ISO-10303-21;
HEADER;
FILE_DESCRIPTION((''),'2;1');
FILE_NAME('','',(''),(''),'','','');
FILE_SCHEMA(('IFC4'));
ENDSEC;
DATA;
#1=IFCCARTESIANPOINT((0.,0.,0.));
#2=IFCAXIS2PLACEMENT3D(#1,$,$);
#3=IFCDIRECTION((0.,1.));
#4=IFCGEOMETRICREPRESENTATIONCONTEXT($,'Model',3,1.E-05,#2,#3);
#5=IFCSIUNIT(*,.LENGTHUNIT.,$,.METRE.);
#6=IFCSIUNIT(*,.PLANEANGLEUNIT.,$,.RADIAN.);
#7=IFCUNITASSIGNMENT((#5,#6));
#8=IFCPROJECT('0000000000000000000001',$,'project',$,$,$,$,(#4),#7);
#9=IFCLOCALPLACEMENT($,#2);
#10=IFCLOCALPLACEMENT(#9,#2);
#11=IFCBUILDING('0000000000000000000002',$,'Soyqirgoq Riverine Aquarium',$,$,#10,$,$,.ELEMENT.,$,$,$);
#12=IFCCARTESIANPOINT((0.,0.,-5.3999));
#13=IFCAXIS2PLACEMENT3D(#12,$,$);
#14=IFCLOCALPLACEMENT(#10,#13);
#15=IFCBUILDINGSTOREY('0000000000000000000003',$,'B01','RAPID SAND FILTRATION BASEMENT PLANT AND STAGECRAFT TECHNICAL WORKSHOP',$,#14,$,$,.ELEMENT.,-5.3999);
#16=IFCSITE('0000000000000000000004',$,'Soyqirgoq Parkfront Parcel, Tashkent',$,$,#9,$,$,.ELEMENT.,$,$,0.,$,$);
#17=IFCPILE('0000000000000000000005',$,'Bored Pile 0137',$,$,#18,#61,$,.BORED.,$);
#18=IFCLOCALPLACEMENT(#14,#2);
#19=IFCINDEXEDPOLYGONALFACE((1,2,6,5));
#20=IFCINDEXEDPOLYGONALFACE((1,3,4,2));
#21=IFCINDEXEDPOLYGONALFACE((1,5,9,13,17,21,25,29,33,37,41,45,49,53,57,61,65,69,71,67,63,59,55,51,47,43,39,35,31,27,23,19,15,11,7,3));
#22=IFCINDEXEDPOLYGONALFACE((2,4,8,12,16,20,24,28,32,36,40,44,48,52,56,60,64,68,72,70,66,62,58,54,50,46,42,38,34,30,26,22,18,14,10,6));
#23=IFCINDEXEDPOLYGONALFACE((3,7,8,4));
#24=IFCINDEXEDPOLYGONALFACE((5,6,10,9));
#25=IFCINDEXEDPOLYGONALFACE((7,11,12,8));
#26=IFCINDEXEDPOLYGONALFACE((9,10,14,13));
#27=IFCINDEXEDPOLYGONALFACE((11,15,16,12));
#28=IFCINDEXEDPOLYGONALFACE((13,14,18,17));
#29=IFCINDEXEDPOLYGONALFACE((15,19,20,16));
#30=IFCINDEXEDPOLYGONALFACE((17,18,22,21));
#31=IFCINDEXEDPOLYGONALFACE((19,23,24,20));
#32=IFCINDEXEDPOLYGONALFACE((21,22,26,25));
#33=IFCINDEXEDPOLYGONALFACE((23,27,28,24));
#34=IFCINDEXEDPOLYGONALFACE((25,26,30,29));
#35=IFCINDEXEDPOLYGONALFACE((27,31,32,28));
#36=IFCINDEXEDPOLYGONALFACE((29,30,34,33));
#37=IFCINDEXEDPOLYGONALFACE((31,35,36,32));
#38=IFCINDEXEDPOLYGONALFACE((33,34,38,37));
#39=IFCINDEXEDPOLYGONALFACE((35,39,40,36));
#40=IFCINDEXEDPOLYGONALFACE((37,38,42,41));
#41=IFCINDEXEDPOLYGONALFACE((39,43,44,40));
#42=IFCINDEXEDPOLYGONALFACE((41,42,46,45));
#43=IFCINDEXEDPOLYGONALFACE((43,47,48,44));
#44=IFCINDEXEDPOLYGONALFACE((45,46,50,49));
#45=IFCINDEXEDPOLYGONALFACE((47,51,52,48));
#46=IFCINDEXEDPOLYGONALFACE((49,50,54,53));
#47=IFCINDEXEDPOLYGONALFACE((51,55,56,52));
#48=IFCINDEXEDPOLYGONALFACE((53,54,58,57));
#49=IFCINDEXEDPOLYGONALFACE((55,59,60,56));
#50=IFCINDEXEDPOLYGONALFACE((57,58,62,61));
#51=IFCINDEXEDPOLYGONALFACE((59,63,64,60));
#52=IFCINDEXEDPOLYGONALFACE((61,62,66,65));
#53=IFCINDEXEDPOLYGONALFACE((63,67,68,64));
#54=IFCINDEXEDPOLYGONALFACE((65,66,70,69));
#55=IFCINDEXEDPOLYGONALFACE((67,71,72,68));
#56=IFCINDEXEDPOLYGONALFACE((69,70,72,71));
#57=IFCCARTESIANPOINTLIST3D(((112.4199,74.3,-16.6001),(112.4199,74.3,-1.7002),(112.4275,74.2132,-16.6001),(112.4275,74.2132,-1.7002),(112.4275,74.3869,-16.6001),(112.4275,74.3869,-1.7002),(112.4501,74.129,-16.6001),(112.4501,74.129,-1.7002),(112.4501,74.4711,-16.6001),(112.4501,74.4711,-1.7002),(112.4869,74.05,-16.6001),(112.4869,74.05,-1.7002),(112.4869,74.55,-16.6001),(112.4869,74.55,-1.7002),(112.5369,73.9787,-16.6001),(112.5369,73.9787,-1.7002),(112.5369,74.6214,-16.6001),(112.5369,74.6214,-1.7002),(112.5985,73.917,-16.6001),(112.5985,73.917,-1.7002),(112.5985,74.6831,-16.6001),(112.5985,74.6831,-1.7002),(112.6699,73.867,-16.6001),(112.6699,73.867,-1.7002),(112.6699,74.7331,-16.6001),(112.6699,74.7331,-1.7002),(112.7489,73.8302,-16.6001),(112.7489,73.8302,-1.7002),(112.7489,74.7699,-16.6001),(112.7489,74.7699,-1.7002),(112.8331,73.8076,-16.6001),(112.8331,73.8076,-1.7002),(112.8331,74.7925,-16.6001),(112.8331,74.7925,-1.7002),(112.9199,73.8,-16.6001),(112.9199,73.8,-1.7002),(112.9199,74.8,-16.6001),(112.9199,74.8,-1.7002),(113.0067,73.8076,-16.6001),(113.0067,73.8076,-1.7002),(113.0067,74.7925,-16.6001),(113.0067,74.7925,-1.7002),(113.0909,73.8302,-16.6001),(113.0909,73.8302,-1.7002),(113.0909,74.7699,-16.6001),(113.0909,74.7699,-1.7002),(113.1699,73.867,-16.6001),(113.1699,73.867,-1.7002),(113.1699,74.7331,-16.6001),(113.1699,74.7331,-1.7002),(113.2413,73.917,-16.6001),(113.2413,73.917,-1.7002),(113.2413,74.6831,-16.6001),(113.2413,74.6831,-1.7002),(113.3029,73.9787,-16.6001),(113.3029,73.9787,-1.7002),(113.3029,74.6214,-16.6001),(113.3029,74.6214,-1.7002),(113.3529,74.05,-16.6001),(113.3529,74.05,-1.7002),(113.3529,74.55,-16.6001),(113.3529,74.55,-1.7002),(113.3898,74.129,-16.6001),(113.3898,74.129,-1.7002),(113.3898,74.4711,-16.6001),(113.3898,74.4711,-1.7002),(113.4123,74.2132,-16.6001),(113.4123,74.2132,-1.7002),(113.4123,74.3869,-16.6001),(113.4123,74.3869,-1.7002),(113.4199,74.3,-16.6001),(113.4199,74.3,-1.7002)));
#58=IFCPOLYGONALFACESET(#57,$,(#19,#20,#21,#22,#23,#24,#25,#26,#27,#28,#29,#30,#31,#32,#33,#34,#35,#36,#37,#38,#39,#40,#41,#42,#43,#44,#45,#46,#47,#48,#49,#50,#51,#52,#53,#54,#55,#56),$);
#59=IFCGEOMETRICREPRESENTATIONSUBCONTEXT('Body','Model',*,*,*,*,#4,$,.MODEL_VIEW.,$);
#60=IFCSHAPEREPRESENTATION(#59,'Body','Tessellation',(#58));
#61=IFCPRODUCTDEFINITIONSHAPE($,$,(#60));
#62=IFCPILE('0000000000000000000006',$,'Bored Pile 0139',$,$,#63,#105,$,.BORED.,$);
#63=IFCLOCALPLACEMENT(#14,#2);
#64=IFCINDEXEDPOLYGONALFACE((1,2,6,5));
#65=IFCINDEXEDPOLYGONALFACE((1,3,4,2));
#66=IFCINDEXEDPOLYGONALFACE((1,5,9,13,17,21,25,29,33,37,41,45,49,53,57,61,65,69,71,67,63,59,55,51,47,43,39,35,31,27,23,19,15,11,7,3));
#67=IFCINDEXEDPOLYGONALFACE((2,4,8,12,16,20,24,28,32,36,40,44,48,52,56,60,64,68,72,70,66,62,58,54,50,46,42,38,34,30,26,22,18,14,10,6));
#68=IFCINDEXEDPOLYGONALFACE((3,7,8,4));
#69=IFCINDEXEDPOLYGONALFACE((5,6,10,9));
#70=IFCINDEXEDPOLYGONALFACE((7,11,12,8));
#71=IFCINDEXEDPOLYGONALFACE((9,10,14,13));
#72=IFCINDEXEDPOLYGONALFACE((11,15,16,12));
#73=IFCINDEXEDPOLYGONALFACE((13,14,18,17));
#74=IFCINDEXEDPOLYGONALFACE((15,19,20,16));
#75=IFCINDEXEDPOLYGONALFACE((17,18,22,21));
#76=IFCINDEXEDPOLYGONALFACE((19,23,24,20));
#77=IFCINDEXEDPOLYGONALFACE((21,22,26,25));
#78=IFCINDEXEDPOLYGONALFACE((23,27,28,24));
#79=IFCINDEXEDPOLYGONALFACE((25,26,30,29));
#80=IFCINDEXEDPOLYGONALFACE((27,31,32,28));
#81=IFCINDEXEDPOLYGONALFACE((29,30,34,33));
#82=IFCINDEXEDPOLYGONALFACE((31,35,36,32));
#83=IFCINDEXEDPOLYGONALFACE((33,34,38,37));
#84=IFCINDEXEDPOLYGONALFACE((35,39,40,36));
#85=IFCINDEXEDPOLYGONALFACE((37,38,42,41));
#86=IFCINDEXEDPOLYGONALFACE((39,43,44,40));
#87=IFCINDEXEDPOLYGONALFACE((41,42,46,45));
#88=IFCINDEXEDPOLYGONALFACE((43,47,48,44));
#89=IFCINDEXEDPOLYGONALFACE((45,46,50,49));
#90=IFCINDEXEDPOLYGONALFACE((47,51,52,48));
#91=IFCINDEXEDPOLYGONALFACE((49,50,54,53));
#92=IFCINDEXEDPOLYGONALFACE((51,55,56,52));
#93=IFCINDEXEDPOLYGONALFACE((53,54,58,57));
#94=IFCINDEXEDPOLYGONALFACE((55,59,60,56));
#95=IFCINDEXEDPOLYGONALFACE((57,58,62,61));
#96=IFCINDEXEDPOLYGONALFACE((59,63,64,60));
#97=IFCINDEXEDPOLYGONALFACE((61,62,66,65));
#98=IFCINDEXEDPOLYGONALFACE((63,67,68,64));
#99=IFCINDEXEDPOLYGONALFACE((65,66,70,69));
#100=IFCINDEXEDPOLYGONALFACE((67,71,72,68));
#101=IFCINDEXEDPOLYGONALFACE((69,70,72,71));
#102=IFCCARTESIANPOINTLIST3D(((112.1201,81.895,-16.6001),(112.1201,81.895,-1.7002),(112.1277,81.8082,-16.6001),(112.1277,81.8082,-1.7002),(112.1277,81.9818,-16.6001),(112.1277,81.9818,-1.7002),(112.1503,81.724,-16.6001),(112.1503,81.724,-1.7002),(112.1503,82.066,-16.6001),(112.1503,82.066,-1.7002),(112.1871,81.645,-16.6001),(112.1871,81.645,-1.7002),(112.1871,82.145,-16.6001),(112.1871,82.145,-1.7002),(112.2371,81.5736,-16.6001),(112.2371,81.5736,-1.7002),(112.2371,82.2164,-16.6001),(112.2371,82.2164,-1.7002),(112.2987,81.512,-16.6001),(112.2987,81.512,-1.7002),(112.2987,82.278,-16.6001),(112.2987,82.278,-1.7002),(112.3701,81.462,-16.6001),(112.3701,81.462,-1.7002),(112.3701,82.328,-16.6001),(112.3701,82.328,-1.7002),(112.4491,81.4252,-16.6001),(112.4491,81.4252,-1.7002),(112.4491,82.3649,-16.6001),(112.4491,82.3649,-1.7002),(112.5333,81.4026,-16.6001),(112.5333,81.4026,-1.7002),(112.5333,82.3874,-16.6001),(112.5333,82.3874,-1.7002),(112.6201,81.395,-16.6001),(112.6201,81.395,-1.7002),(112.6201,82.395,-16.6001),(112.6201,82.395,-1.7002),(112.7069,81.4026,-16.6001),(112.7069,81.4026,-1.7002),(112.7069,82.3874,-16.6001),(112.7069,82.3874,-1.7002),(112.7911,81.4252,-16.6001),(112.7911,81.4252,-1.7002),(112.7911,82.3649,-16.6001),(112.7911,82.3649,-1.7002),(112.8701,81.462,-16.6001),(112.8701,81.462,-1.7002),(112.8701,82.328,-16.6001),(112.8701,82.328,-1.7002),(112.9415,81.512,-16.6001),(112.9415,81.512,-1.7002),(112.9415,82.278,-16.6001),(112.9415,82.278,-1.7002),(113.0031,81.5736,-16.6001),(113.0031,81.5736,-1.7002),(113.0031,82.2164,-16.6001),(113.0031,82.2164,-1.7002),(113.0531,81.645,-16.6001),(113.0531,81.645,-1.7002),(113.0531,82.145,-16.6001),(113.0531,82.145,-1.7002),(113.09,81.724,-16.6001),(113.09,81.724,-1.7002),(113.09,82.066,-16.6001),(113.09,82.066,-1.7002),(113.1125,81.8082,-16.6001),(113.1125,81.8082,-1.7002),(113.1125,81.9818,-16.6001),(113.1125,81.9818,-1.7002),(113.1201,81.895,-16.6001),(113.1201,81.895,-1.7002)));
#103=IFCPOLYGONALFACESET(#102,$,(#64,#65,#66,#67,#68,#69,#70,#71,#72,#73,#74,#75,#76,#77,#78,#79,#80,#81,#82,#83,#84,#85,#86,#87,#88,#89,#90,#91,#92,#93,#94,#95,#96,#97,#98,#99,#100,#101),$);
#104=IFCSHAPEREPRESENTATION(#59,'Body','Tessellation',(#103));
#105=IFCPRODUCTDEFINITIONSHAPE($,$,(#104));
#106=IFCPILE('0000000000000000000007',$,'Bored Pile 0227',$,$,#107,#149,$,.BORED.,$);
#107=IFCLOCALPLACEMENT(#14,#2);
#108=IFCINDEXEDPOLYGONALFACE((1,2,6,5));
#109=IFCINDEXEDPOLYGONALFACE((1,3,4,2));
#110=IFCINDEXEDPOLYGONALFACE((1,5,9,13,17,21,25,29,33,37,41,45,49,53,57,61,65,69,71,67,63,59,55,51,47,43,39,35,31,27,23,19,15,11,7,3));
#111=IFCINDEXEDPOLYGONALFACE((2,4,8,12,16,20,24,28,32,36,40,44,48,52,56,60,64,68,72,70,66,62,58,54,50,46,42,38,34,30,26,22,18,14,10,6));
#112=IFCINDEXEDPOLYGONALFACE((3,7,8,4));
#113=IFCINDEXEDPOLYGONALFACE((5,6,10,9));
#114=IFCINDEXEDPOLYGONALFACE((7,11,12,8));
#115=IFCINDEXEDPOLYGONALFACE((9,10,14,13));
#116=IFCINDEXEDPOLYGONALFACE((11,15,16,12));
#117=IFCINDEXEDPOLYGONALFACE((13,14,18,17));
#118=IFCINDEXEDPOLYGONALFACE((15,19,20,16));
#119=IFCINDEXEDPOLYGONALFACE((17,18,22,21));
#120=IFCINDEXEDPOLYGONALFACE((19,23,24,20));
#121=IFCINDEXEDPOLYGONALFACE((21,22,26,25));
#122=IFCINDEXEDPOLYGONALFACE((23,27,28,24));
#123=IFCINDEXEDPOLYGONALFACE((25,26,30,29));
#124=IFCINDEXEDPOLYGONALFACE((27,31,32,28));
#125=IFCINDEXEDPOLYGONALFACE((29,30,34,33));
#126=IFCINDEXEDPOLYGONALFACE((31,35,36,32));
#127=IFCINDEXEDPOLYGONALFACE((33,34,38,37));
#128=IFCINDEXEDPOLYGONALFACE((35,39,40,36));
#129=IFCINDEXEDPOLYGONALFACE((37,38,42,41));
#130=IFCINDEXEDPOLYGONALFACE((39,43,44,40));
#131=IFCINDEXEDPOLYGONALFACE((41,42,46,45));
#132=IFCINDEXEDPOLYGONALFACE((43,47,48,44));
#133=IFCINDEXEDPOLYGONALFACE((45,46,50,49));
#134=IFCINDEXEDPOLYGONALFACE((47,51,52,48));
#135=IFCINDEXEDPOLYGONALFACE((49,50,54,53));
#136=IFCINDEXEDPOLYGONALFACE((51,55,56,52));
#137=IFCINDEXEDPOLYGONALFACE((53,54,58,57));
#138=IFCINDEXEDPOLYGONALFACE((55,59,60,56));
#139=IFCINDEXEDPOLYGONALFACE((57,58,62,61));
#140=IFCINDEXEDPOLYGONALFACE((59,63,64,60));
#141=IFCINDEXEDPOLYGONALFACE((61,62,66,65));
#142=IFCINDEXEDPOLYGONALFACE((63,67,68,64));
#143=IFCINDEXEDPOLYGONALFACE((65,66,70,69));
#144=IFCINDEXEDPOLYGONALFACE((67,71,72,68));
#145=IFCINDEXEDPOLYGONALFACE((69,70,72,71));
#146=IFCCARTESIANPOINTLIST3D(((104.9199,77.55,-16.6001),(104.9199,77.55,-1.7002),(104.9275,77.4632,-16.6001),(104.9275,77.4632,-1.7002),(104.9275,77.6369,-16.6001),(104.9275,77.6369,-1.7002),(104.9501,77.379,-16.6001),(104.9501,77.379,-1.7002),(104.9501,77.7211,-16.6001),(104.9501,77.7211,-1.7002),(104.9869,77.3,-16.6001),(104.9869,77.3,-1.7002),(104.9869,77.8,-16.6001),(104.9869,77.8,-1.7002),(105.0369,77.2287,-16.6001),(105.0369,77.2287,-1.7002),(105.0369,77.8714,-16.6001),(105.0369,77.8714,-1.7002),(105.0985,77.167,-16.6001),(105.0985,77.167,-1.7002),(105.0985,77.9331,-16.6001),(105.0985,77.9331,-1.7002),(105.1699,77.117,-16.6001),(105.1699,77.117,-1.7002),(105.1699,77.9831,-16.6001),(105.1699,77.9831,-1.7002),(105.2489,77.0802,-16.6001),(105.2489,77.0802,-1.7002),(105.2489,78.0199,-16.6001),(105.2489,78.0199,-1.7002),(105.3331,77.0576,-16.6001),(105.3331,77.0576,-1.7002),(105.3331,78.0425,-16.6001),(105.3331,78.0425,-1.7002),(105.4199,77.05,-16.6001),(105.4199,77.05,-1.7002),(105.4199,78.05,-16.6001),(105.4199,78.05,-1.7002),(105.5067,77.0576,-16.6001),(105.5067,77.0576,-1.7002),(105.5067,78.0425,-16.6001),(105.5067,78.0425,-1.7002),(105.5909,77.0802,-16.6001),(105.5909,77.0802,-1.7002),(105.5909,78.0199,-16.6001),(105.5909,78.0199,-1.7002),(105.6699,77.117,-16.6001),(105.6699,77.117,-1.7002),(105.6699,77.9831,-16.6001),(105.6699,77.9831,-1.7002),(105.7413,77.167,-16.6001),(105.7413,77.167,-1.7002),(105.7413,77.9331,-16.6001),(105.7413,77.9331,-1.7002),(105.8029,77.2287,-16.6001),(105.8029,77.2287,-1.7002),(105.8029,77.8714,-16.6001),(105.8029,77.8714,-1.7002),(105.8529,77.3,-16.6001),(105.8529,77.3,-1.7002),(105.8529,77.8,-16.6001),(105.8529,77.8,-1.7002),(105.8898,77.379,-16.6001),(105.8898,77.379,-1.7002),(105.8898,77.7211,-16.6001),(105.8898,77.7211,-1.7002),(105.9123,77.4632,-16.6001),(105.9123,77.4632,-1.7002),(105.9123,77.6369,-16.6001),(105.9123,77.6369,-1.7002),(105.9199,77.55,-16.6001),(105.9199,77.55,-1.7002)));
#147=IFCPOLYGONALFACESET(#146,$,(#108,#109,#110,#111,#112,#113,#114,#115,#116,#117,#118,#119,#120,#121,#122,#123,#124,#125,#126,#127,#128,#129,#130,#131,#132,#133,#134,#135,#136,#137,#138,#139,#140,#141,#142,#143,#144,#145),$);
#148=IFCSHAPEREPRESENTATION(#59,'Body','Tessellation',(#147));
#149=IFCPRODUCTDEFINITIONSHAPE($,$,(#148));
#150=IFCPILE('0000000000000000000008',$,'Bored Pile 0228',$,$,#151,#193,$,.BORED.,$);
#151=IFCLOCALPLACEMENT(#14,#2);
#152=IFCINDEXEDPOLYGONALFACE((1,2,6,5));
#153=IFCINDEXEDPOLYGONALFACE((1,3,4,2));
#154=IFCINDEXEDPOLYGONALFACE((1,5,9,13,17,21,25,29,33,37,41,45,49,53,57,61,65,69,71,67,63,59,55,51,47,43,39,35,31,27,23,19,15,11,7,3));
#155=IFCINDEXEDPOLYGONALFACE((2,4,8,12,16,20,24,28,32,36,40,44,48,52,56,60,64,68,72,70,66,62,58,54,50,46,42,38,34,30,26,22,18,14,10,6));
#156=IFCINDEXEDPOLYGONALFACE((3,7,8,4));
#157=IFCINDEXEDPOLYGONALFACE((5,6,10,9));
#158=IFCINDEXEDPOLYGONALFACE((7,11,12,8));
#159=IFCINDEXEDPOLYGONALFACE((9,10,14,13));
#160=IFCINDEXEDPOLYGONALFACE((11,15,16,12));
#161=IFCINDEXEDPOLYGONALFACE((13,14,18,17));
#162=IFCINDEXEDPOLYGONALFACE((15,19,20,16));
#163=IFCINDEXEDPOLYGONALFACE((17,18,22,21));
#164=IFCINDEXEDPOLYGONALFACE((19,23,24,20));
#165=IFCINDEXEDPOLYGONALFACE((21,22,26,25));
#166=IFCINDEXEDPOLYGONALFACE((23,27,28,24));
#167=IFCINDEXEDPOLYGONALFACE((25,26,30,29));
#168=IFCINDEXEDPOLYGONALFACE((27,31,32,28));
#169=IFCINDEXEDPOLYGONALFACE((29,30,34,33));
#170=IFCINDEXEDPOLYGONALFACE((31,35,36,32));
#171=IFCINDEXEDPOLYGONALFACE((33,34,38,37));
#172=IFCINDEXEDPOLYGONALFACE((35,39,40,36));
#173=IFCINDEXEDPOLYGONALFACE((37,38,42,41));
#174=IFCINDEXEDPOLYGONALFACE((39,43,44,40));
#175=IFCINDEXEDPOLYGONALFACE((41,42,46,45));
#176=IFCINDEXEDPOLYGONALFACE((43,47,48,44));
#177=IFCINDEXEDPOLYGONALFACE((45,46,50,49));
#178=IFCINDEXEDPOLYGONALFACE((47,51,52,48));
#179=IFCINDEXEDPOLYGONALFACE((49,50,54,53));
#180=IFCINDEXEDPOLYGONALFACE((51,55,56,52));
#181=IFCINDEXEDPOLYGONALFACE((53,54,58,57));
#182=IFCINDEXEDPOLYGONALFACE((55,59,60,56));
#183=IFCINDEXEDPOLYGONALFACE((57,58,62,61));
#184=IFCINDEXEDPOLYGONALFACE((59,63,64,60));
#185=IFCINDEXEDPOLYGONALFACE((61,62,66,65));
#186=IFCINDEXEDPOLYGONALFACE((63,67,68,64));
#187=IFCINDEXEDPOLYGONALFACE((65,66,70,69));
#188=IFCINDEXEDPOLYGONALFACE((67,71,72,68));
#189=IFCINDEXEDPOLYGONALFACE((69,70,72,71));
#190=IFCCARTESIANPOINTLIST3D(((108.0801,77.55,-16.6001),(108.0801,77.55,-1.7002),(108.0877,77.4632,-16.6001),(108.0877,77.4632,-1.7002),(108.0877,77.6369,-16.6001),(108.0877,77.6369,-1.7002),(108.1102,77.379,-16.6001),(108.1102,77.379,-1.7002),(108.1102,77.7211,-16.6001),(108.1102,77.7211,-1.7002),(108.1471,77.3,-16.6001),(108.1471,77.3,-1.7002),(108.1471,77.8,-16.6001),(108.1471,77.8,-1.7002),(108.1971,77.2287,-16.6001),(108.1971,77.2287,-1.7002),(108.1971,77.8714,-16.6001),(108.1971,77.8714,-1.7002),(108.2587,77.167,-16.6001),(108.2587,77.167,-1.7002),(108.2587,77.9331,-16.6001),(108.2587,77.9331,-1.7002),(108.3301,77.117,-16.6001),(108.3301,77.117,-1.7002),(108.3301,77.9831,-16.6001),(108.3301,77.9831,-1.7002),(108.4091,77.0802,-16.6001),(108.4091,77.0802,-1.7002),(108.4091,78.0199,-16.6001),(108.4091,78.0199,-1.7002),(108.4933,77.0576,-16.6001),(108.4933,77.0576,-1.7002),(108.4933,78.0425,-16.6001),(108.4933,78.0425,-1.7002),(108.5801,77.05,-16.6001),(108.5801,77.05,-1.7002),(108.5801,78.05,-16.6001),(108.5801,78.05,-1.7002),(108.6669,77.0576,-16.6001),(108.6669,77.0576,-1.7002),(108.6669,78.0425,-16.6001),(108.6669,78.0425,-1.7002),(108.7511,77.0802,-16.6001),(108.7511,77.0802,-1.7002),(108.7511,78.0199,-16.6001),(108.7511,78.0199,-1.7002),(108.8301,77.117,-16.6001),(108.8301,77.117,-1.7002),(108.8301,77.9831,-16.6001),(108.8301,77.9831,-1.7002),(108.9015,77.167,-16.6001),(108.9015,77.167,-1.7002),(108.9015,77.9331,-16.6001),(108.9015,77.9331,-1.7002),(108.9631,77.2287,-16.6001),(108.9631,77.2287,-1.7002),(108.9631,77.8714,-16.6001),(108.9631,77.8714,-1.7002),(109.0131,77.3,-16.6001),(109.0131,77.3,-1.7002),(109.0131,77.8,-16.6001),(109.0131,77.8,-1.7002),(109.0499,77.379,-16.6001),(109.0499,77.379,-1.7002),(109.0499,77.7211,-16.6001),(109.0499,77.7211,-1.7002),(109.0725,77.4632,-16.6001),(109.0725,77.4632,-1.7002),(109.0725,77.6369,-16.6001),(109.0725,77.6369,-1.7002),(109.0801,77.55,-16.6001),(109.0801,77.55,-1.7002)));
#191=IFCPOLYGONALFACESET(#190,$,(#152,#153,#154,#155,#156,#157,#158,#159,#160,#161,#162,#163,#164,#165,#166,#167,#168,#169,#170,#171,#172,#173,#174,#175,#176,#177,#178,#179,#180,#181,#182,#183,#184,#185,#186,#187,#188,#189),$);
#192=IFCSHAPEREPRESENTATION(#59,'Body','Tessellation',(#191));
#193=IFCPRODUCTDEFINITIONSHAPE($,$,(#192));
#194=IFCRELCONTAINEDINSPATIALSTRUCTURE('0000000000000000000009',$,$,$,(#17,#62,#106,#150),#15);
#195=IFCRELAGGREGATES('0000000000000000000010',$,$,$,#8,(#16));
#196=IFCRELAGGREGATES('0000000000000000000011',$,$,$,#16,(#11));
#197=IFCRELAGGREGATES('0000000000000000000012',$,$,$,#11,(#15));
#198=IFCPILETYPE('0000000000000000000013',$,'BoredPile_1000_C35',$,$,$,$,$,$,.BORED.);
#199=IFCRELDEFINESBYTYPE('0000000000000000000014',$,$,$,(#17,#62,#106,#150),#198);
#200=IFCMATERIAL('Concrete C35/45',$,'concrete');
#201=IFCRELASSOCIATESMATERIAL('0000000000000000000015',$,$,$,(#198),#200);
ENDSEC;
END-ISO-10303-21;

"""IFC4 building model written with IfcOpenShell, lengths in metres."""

from ifc_helpers import new_model, si_unit, direction, frame, origin, origin_2d, place, context, subcontext, project, spatial, circle, extrude, material, material_profile, profile_set, type_object, element, save


model = new_model("IFC4")

# Units and contexts
model_context = context("Model", 3, precision=1e-05, world=origin(), true_north=direction((0.0, 1.0)))
body_context = subcontext(model_context, "Body", "Model", "MODEL_VIEW")
ifc_project = project(units=[si_unit("LENGTHUNIT", "METRE"), si_unit("PLANEANGLEUNIT", "RADIAN")], contexts=[model_context])

# Site, building, storey
site_placement = place(None, origin())
site = spatial("IfcSite", under=ifc_project, at=site_placement, Name="Soyqirgoq Parkfront Parcel, Tashkent", CompositionType="ELEMENT", RefElevation=0.0)
building_placement = place(site_placement, origin())
building = spatial("IfcBuilding", under=site, at=building_placement, Name="Soyqirgoq Riverine Aquarium", CompositionType="ELEMENT")
storey_placement = place(building_placement, frame((0.0, 0.0, -5.3999)))
storey = spatial("IfcBuildingStorey", under=building, at=storey_placement, Name="B01", Description="RAPID SAND FILTRATION BASEMENT PLANT AND STAGECRAFT TECHNICAL WORKSHOP", CompositionType="ELEMENT", Elevation=-5.3999)

# Piles
ifc_material_1 = material(Name="Concrete C35/45", Category="concrete")
ifc_material_profile_1 = material_profile(ifc_material_1, circle(Radius=0.5, at=origin_2d()), Name="BP D1000")
ifc_profile_set_1 = profile_set([ifc_material_profile_1], Name="Concrete C35/45")
pile_type_1 = type_object("IfcPileType", Name="BoredPile_1000_C35", PredefinedType="BORED", material=ifc_profile_set_1)
for number, where, z_axis, x_axis, name in (
    (1, (112.9199, 74.3, -1.7002), (0.0, 0.0, -1.0), (1.0, 0.0, 0.0), "Bored Pile 0137"),
    (2, (112.6201, 81.895, -1.7002), (0.0, 0.0, -1.0), (1.0, 0.0, 0.0), "Bored Pile 0139"),
    (3, (105.4199, 77.55, -1.7002), (0.0, 0.0, -1.0), (1.0, 0.0, 0.0), "Bored Pile 0227"),
    (4, (108.5801, 77.55, -1.7002), (0.0, 0.0, -1.0), (1.0, 0.0, 0.0), "Bored Pile 0228"),
):
    element("IfcPile", number, at=place(storey_placement, frame(where, z_axis=z_axis, x_axis=x_axis)), inside=storey, type_object=pile_type_1, Name=name, PredefinedType="BORED", context=body_context, shape_type="SweptSolid", body=[
        extrude(circle(Radius=0.5, at=origin_2d()), origin(), (0.0, 0.0, 1.0), 14.8999),
    ])

save(model, "model.ifc")
